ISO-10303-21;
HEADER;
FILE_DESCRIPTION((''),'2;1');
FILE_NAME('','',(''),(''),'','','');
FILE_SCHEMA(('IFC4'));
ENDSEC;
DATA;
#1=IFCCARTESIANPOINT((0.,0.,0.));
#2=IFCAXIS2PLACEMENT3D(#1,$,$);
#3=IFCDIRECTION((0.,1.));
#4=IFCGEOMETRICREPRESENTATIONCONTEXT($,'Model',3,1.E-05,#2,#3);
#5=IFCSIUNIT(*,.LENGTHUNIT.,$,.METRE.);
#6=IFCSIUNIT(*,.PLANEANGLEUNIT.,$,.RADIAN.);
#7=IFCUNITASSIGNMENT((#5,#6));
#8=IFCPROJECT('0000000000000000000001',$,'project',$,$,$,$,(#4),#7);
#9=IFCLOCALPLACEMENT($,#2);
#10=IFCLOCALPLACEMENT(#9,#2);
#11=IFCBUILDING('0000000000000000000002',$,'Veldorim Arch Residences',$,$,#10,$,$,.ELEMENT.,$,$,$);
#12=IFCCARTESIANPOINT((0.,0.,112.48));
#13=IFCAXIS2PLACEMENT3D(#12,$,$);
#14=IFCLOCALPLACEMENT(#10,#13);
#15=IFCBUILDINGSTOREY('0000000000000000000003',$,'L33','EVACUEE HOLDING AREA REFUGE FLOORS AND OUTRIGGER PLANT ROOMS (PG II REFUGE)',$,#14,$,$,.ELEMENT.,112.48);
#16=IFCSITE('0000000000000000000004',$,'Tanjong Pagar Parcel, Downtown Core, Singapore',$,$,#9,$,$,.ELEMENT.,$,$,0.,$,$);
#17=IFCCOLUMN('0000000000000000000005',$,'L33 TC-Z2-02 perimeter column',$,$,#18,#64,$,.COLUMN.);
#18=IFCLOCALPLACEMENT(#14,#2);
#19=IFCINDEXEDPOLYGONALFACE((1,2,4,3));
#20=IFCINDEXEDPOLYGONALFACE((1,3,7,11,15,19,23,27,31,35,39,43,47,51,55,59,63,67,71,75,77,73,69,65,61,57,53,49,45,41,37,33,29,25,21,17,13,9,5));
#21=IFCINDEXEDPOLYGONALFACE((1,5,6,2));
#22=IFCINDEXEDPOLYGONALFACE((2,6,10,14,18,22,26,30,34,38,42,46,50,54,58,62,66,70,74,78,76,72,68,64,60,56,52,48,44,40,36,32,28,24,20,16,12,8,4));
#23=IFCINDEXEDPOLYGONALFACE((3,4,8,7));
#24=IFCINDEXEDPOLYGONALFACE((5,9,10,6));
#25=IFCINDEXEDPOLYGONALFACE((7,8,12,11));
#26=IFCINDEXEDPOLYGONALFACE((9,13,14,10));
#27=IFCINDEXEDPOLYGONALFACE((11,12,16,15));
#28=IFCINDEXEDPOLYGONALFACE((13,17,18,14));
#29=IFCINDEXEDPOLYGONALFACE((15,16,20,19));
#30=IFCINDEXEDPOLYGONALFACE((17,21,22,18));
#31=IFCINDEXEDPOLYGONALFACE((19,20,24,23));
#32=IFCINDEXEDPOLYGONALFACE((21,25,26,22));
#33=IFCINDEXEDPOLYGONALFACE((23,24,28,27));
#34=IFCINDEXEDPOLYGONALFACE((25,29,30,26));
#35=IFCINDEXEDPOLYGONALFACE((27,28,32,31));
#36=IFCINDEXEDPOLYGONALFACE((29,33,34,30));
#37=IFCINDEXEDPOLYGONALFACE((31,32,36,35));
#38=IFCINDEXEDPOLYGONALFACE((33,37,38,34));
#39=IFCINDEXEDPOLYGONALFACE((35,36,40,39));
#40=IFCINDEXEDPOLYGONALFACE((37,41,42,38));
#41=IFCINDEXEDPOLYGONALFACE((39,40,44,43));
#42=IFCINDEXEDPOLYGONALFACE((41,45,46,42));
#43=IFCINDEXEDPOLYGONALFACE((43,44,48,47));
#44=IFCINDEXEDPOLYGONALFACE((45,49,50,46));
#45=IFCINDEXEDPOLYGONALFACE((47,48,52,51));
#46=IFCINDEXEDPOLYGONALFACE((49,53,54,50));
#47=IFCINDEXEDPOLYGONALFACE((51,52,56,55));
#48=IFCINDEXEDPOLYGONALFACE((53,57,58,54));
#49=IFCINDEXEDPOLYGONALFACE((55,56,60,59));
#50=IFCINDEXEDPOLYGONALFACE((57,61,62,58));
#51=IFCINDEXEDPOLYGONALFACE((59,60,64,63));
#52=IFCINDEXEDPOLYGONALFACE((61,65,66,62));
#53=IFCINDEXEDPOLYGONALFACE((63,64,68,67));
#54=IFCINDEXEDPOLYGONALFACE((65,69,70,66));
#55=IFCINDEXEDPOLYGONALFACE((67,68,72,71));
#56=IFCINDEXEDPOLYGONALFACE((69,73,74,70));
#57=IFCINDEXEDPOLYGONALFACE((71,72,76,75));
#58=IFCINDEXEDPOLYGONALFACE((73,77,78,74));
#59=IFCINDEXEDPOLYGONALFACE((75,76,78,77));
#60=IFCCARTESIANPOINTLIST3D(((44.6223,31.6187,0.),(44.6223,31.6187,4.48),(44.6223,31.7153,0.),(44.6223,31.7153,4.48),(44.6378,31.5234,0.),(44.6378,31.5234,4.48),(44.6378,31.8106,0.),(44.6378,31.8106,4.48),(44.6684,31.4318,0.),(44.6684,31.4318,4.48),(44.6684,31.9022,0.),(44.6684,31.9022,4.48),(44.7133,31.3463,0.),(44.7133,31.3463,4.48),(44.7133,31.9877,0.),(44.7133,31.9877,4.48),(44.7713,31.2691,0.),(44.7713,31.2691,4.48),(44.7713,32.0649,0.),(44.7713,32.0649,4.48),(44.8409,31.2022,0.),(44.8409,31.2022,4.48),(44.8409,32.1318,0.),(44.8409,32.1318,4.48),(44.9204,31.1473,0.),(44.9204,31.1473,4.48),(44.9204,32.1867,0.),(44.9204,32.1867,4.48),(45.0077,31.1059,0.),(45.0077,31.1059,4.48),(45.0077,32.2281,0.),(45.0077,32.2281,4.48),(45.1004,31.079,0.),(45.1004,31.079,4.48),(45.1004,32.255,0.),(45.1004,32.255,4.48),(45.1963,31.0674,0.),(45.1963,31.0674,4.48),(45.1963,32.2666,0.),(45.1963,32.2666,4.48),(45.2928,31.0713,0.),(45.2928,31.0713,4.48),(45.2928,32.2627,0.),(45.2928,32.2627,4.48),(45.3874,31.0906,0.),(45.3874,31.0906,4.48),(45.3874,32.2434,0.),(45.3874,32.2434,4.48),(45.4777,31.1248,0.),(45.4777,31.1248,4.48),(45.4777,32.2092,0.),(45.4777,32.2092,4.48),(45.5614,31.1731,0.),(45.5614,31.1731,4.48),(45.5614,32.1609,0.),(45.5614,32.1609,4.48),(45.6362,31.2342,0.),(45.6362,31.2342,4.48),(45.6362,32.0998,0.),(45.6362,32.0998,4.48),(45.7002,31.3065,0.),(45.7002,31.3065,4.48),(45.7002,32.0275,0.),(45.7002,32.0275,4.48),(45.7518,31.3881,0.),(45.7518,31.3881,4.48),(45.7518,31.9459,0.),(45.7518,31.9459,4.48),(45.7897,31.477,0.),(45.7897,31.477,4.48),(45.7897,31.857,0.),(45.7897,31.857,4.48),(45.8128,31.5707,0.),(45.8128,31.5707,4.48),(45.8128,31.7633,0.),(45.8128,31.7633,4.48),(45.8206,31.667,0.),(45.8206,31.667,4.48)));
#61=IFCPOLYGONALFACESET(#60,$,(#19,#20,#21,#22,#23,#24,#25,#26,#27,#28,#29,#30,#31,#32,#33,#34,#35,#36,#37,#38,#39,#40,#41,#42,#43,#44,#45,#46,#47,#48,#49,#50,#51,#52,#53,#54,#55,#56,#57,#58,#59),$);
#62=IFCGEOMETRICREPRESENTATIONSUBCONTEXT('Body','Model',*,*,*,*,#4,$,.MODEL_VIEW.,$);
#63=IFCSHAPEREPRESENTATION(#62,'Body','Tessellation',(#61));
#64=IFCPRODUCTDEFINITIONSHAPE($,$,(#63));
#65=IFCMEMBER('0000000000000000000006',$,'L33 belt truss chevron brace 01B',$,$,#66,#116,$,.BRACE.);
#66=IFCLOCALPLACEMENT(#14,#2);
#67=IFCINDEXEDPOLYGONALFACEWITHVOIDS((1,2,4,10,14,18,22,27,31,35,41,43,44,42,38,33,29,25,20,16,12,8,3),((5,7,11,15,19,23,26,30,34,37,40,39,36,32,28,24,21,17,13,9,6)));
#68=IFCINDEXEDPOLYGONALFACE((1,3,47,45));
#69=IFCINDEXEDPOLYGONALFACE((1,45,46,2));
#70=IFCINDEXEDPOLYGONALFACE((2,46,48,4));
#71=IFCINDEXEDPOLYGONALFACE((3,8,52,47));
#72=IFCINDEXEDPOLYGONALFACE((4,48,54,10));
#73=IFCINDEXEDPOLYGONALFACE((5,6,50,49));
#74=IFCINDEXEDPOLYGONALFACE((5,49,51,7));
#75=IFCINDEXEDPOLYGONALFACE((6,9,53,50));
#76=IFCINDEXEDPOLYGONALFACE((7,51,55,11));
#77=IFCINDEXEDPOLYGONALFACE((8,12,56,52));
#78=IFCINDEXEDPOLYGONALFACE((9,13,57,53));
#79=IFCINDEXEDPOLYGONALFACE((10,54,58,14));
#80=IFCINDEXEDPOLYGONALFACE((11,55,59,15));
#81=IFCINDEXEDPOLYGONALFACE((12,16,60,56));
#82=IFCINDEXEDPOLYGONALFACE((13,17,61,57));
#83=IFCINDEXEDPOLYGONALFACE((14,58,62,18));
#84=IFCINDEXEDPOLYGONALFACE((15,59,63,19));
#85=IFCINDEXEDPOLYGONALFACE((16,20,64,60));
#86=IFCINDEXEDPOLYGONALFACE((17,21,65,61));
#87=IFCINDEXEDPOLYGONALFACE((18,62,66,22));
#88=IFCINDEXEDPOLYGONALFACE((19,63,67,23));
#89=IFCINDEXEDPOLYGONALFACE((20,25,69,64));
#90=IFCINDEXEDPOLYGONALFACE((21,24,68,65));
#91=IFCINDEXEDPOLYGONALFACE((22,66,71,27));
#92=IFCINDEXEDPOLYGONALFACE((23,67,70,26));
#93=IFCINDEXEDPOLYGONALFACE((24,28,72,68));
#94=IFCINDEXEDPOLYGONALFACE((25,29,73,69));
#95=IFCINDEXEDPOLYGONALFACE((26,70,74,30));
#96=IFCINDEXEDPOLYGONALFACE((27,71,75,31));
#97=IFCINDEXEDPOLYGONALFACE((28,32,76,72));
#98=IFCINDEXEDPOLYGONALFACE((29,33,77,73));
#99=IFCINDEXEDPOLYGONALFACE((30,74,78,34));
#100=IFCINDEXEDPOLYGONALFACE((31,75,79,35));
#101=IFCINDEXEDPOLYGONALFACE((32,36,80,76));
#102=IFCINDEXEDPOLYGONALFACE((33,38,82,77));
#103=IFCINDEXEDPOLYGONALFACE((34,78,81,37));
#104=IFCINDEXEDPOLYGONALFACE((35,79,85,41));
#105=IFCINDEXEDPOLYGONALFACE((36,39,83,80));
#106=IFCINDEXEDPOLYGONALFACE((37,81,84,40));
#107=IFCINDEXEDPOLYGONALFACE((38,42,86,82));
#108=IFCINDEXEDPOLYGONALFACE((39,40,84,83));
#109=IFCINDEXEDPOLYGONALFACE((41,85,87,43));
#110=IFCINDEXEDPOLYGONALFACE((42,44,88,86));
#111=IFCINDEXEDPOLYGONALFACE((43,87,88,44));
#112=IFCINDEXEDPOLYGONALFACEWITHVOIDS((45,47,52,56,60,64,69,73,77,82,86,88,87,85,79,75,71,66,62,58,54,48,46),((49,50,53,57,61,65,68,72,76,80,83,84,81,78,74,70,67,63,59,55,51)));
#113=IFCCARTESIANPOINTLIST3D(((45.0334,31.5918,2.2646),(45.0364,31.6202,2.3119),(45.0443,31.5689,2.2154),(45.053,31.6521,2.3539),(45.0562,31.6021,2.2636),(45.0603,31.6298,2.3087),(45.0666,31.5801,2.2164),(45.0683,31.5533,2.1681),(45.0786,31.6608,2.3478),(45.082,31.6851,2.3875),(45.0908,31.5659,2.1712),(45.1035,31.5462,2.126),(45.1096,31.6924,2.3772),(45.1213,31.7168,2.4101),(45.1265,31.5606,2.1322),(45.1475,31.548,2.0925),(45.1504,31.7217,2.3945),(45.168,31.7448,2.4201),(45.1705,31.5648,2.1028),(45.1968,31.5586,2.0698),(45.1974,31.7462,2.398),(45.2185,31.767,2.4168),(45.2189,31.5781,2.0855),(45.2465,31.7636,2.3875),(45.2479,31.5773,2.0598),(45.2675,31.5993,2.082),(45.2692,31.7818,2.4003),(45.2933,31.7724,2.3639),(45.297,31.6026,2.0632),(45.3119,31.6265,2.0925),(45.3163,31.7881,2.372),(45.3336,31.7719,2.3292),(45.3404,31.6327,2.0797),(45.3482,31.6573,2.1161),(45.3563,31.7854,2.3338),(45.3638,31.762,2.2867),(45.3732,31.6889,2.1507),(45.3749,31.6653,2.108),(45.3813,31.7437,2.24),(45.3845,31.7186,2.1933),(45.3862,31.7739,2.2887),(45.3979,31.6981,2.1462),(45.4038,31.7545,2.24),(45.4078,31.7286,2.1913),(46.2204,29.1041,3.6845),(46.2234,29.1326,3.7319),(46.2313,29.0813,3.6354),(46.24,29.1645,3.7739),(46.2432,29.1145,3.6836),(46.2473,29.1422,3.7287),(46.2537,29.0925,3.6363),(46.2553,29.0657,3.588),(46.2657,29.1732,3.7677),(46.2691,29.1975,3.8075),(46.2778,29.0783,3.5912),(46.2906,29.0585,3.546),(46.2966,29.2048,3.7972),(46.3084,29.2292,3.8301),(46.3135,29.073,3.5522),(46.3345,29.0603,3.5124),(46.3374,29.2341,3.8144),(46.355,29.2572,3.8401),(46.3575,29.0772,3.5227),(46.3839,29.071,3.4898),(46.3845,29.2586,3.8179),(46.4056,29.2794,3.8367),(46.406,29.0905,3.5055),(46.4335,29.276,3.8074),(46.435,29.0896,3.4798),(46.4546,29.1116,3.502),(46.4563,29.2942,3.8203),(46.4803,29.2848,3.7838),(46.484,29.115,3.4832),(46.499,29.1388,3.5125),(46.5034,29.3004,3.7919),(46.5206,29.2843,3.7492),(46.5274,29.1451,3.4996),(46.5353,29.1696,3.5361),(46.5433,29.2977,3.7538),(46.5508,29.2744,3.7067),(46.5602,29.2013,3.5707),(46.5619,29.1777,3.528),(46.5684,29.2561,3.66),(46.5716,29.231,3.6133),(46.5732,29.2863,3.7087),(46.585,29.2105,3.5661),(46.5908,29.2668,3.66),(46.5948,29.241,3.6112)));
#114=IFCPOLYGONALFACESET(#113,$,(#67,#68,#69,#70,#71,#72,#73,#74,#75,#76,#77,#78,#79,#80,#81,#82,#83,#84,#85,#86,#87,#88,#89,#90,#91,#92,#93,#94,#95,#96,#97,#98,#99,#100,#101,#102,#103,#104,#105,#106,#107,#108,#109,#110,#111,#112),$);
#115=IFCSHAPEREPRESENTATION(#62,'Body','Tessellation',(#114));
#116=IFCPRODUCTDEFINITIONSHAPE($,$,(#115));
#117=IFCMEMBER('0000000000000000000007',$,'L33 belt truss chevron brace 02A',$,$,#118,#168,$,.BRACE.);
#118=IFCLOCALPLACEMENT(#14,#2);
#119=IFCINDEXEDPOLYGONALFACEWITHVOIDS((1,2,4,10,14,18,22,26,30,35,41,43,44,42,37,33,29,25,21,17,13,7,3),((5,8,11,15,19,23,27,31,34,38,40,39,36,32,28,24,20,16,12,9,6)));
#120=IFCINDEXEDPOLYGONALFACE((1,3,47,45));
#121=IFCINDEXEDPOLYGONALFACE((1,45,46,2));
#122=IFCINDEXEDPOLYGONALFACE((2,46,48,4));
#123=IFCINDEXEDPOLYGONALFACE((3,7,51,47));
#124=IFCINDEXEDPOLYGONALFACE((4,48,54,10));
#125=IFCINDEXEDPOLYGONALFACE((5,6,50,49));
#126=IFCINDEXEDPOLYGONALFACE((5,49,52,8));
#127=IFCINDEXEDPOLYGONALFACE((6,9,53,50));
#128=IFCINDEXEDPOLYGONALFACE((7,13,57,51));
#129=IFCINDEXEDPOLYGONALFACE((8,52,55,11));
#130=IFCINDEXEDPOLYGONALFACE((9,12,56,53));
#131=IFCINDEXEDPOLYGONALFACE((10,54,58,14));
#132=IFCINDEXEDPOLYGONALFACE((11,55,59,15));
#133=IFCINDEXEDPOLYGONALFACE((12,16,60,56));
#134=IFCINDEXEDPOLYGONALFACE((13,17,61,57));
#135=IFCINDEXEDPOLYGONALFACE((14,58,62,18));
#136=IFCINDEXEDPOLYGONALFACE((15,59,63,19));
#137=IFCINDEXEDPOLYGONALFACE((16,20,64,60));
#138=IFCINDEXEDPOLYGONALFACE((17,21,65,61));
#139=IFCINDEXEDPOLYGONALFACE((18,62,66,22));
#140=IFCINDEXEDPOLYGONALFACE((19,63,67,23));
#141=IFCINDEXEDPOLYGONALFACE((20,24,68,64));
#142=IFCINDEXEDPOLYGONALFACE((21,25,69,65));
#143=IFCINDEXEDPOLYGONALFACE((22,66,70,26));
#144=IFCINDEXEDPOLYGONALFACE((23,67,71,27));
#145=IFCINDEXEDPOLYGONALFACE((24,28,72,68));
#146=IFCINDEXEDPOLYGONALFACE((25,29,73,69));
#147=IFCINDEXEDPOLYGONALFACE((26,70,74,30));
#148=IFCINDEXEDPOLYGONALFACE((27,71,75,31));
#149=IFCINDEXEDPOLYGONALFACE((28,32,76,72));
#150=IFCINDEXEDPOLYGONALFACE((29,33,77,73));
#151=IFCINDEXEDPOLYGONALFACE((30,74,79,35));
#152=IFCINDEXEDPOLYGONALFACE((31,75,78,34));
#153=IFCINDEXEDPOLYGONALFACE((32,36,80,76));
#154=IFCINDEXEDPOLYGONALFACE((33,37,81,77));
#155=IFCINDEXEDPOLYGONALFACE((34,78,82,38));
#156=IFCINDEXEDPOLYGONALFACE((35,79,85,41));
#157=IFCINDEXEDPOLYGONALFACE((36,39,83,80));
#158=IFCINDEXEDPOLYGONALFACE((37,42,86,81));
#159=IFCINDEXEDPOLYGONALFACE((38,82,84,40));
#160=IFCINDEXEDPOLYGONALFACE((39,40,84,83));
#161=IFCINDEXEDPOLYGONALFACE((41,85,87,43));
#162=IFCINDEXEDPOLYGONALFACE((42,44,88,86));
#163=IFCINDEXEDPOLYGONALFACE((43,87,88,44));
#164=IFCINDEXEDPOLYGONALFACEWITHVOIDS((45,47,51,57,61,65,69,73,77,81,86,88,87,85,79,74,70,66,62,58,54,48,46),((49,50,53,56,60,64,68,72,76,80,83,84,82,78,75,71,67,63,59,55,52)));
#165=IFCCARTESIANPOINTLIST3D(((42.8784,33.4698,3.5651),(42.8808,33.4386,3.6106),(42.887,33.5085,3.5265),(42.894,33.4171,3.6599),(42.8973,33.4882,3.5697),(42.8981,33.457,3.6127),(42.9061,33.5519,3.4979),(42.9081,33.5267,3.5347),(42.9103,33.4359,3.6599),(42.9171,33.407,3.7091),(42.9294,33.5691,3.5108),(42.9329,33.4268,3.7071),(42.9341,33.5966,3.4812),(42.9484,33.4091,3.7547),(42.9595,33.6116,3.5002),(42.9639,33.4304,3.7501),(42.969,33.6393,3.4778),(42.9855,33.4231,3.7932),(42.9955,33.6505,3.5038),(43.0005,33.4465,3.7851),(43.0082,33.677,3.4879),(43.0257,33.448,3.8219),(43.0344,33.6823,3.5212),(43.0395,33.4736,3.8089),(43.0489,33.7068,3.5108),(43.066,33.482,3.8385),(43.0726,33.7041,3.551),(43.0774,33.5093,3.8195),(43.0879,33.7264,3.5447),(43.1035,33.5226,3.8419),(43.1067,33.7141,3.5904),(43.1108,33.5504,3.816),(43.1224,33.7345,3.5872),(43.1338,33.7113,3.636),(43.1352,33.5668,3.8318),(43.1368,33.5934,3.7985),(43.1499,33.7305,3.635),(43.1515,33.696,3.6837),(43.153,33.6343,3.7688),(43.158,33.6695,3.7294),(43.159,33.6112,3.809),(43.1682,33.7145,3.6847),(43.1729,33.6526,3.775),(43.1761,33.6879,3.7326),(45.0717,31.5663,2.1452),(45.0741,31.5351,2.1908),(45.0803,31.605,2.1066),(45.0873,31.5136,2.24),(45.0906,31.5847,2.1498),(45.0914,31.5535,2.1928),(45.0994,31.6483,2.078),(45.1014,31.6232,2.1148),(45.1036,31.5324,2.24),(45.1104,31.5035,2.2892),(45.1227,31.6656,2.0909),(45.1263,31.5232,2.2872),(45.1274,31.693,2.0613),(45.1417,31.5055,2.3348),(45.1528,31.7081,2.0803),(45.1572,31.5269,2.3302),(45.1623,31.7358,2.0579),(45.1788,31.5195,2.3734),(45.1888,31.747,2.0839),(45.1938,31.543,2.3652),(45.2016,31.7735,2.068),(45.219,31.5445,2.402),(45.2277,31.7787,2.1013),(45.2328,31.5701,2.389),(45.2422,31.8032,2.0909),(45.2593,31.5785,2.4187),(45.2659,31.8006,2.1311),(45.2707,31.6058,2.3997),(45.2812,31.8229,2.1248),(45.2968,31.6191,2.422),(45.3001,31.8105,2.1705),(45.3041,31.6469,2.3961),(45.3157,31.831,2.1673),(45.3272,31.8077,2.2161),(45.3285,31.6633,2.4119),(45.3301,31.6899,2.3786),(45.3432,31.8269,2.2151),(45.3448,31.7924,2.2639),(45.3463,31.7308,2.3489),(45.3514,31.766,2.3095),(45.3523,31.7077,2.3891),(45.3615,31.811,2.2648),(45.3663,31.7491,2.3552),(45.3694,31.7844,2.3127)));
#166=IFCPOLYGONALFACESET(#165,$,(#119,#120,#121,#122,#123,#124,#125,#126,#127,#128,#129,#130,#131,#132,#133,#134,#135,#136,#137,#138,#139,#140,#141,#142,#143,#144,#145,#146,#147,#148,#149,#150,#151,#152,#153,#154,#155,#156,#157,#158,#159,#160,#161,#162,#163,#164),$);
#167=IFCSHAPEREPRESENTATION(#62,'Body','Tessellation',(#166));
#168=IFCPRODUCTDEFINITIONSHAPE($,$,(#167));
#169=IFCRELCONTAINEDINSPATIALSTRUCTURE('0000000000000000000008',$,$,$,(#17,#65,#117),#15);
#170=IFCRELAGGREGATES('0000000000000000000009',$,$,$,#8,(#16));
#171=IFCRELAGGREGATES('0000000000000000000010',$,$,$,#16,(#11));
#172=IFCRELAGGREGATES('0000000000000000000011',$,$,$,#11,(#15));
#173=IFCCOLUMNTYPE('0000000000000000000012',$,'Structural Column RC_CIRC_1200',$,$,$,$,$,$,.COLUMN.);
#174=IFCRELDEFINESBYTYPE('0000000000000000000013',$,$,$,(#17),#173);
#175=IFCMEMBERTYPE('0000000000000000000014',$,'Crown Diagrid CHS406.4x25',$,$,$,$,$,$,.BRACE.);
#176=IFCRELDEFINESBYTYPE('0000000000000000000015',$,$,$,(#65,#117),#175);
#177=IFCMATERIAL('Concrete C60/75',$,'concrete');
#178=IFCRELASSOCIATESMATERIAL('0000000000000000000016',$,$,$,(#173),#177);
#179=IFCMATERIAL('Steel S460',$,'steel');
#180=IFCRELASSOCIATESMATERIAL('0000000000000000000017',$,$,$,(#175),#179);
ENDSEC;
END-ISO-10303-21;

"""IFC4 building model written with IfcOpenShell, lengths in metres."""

from ifc_helpers import new_model, si_unit, direction, frame, origin, origin_2d, place, context, subcontext, project, spatial, circle, hollow_circle, extrude, material, material_profile, profile_set, type_object, element, save


model = new_model("IFC4")

# Units and contexts
model_context = context("Model", 3, precision=1e-05, world=origin(), true_north=direction((0.0, 1.0)))
body_context = subcontext(model_context, "Body", "Model", "MODEL_VIEW")
ifc_project = project(units=[si_unit("LENGTHUNIT", "METRE"), si_unit("PLANEANGLEUNIT", "RADIAN")], contexts=[model_context])

# Site, building, storey
site_placement = place(None, origin())
site = spatial("IfcSite", under=ifc_project, at=site_placement, Name="Tanjong Pagar Parcel, Downtown Core, Singapore", CompositionType="ELEMENT", RefElevation=0.0)
building_placement = place(site_placement, origin())
building = spatial("IfcBuilding", under=site, at=building_placement, Name="Veldorim Arch Residences", CompositionType="ELEMENT")
storey_placement = place(building_placement, frame((0.0, 0.0, 112.48)))
storey = spatial("IfcBuildingStorey", under=building, at=storey_placement, Name="L33", Description="EVACUEE HOLDING AREA REFUGE FLOORS AND OUTRIGGER PLANT ROOMS (PG II REFUGE)", CompositionType="ELEMENT", Elevation=112.48)

# Column
ifc_material_1 = material(Name="Concrete C60/75", Category="concrete")
ifc_material_profile_1 = material_profile(ifc_material_1, circle(Radius=0.6001, at=origin_2d()), Name="RC_CIRC_1200")
ifc_profile_set_1 = profile_set([ifc_material_profile_1], Name="Concrete C60/75")
column_type = type_object("IfcColumnType", Name="Structural Column RC_CIRC_1200", PredefinedType="COLUMN", material=ifc_profile_set_1)
column_placement = place(storey_placement, frame((45.2205, 31.667, 0.0), z_axis=(0.0, 0.0, 1.0), x_axis=(1.0, 0.0, 0.0)))
element("IfcColumn", 1, at=column_placement, inside=storey, type_object=column_type, Name="L33 TC-Z2-02 perimeter column", PredefinedType="COLUMN", context=body_context, shape_type="SweptSolid", body=[
    extrude(circle(Radius=0.6001, at=origin_2d()), origin(), (0.0, 0.0, 1.0), 4.48),
])

# Members
ifc_material_2 = material(Name="Steel S460", Category="steel")
ifc_material_profile_2 = material_profile(ifc_material_2, hollow_circle(Radius=0.2031, WallThickness=0.0249, at=origin_2d()), Name="CHS406.4x25")
ifc_profile_set_2 = profile_set([ifc_material_profile_2], Name="Steel S460")
member_type_1 = type_object("IfcMemberType", Name="Crown Diagrid CHS406.4x25", PredefinedType="BRACE", material=ifc_profile_set_2)
member_1_placement = place(storey_placement, frame((45.2205, 31.667, 2.24), z_axis=(0.382846, -0.802307, 0.457966), x_axis=(0.902513, 0.430662, 0.0)))
element("IfcMember", 2, at=member_1_placement, inside=storey, type_object=member_type_1, Name="L33 belt truss chevron brace 01B", PredefinedType="BRACE", context=body_context, shape_type="SweptSolid", body=[
    extrude(hollow_circle(Radius=0.2031, WallThickness=0.0249, at=origin_2d()), origin(), (0.0, 0.0, 1.0), 3.1006),
])
member_2_placement = place(storey_placement, frame((45.2205, 31.667, 2.24), z_axis=(-0.678485, 0.588841, 0.439233), x_axis=(-0.655452, -0.755237, 0.0)))
element("IfcMember", 3, at=member_2_placement, inside=storey, type_object=member_type_1, Name="L33 belt truss chevron brace 02A", PredefinedType="BRACE", context=body_context, shape_type="SweptSolid", body=[
    extrude(hollow_circle(Radius=0.2031, WallThickness=0.0249, at=origin_2d()), origin(), (0.0, 0.0, 1.0), 3.2327),
])

save(model, "model.ifc")
